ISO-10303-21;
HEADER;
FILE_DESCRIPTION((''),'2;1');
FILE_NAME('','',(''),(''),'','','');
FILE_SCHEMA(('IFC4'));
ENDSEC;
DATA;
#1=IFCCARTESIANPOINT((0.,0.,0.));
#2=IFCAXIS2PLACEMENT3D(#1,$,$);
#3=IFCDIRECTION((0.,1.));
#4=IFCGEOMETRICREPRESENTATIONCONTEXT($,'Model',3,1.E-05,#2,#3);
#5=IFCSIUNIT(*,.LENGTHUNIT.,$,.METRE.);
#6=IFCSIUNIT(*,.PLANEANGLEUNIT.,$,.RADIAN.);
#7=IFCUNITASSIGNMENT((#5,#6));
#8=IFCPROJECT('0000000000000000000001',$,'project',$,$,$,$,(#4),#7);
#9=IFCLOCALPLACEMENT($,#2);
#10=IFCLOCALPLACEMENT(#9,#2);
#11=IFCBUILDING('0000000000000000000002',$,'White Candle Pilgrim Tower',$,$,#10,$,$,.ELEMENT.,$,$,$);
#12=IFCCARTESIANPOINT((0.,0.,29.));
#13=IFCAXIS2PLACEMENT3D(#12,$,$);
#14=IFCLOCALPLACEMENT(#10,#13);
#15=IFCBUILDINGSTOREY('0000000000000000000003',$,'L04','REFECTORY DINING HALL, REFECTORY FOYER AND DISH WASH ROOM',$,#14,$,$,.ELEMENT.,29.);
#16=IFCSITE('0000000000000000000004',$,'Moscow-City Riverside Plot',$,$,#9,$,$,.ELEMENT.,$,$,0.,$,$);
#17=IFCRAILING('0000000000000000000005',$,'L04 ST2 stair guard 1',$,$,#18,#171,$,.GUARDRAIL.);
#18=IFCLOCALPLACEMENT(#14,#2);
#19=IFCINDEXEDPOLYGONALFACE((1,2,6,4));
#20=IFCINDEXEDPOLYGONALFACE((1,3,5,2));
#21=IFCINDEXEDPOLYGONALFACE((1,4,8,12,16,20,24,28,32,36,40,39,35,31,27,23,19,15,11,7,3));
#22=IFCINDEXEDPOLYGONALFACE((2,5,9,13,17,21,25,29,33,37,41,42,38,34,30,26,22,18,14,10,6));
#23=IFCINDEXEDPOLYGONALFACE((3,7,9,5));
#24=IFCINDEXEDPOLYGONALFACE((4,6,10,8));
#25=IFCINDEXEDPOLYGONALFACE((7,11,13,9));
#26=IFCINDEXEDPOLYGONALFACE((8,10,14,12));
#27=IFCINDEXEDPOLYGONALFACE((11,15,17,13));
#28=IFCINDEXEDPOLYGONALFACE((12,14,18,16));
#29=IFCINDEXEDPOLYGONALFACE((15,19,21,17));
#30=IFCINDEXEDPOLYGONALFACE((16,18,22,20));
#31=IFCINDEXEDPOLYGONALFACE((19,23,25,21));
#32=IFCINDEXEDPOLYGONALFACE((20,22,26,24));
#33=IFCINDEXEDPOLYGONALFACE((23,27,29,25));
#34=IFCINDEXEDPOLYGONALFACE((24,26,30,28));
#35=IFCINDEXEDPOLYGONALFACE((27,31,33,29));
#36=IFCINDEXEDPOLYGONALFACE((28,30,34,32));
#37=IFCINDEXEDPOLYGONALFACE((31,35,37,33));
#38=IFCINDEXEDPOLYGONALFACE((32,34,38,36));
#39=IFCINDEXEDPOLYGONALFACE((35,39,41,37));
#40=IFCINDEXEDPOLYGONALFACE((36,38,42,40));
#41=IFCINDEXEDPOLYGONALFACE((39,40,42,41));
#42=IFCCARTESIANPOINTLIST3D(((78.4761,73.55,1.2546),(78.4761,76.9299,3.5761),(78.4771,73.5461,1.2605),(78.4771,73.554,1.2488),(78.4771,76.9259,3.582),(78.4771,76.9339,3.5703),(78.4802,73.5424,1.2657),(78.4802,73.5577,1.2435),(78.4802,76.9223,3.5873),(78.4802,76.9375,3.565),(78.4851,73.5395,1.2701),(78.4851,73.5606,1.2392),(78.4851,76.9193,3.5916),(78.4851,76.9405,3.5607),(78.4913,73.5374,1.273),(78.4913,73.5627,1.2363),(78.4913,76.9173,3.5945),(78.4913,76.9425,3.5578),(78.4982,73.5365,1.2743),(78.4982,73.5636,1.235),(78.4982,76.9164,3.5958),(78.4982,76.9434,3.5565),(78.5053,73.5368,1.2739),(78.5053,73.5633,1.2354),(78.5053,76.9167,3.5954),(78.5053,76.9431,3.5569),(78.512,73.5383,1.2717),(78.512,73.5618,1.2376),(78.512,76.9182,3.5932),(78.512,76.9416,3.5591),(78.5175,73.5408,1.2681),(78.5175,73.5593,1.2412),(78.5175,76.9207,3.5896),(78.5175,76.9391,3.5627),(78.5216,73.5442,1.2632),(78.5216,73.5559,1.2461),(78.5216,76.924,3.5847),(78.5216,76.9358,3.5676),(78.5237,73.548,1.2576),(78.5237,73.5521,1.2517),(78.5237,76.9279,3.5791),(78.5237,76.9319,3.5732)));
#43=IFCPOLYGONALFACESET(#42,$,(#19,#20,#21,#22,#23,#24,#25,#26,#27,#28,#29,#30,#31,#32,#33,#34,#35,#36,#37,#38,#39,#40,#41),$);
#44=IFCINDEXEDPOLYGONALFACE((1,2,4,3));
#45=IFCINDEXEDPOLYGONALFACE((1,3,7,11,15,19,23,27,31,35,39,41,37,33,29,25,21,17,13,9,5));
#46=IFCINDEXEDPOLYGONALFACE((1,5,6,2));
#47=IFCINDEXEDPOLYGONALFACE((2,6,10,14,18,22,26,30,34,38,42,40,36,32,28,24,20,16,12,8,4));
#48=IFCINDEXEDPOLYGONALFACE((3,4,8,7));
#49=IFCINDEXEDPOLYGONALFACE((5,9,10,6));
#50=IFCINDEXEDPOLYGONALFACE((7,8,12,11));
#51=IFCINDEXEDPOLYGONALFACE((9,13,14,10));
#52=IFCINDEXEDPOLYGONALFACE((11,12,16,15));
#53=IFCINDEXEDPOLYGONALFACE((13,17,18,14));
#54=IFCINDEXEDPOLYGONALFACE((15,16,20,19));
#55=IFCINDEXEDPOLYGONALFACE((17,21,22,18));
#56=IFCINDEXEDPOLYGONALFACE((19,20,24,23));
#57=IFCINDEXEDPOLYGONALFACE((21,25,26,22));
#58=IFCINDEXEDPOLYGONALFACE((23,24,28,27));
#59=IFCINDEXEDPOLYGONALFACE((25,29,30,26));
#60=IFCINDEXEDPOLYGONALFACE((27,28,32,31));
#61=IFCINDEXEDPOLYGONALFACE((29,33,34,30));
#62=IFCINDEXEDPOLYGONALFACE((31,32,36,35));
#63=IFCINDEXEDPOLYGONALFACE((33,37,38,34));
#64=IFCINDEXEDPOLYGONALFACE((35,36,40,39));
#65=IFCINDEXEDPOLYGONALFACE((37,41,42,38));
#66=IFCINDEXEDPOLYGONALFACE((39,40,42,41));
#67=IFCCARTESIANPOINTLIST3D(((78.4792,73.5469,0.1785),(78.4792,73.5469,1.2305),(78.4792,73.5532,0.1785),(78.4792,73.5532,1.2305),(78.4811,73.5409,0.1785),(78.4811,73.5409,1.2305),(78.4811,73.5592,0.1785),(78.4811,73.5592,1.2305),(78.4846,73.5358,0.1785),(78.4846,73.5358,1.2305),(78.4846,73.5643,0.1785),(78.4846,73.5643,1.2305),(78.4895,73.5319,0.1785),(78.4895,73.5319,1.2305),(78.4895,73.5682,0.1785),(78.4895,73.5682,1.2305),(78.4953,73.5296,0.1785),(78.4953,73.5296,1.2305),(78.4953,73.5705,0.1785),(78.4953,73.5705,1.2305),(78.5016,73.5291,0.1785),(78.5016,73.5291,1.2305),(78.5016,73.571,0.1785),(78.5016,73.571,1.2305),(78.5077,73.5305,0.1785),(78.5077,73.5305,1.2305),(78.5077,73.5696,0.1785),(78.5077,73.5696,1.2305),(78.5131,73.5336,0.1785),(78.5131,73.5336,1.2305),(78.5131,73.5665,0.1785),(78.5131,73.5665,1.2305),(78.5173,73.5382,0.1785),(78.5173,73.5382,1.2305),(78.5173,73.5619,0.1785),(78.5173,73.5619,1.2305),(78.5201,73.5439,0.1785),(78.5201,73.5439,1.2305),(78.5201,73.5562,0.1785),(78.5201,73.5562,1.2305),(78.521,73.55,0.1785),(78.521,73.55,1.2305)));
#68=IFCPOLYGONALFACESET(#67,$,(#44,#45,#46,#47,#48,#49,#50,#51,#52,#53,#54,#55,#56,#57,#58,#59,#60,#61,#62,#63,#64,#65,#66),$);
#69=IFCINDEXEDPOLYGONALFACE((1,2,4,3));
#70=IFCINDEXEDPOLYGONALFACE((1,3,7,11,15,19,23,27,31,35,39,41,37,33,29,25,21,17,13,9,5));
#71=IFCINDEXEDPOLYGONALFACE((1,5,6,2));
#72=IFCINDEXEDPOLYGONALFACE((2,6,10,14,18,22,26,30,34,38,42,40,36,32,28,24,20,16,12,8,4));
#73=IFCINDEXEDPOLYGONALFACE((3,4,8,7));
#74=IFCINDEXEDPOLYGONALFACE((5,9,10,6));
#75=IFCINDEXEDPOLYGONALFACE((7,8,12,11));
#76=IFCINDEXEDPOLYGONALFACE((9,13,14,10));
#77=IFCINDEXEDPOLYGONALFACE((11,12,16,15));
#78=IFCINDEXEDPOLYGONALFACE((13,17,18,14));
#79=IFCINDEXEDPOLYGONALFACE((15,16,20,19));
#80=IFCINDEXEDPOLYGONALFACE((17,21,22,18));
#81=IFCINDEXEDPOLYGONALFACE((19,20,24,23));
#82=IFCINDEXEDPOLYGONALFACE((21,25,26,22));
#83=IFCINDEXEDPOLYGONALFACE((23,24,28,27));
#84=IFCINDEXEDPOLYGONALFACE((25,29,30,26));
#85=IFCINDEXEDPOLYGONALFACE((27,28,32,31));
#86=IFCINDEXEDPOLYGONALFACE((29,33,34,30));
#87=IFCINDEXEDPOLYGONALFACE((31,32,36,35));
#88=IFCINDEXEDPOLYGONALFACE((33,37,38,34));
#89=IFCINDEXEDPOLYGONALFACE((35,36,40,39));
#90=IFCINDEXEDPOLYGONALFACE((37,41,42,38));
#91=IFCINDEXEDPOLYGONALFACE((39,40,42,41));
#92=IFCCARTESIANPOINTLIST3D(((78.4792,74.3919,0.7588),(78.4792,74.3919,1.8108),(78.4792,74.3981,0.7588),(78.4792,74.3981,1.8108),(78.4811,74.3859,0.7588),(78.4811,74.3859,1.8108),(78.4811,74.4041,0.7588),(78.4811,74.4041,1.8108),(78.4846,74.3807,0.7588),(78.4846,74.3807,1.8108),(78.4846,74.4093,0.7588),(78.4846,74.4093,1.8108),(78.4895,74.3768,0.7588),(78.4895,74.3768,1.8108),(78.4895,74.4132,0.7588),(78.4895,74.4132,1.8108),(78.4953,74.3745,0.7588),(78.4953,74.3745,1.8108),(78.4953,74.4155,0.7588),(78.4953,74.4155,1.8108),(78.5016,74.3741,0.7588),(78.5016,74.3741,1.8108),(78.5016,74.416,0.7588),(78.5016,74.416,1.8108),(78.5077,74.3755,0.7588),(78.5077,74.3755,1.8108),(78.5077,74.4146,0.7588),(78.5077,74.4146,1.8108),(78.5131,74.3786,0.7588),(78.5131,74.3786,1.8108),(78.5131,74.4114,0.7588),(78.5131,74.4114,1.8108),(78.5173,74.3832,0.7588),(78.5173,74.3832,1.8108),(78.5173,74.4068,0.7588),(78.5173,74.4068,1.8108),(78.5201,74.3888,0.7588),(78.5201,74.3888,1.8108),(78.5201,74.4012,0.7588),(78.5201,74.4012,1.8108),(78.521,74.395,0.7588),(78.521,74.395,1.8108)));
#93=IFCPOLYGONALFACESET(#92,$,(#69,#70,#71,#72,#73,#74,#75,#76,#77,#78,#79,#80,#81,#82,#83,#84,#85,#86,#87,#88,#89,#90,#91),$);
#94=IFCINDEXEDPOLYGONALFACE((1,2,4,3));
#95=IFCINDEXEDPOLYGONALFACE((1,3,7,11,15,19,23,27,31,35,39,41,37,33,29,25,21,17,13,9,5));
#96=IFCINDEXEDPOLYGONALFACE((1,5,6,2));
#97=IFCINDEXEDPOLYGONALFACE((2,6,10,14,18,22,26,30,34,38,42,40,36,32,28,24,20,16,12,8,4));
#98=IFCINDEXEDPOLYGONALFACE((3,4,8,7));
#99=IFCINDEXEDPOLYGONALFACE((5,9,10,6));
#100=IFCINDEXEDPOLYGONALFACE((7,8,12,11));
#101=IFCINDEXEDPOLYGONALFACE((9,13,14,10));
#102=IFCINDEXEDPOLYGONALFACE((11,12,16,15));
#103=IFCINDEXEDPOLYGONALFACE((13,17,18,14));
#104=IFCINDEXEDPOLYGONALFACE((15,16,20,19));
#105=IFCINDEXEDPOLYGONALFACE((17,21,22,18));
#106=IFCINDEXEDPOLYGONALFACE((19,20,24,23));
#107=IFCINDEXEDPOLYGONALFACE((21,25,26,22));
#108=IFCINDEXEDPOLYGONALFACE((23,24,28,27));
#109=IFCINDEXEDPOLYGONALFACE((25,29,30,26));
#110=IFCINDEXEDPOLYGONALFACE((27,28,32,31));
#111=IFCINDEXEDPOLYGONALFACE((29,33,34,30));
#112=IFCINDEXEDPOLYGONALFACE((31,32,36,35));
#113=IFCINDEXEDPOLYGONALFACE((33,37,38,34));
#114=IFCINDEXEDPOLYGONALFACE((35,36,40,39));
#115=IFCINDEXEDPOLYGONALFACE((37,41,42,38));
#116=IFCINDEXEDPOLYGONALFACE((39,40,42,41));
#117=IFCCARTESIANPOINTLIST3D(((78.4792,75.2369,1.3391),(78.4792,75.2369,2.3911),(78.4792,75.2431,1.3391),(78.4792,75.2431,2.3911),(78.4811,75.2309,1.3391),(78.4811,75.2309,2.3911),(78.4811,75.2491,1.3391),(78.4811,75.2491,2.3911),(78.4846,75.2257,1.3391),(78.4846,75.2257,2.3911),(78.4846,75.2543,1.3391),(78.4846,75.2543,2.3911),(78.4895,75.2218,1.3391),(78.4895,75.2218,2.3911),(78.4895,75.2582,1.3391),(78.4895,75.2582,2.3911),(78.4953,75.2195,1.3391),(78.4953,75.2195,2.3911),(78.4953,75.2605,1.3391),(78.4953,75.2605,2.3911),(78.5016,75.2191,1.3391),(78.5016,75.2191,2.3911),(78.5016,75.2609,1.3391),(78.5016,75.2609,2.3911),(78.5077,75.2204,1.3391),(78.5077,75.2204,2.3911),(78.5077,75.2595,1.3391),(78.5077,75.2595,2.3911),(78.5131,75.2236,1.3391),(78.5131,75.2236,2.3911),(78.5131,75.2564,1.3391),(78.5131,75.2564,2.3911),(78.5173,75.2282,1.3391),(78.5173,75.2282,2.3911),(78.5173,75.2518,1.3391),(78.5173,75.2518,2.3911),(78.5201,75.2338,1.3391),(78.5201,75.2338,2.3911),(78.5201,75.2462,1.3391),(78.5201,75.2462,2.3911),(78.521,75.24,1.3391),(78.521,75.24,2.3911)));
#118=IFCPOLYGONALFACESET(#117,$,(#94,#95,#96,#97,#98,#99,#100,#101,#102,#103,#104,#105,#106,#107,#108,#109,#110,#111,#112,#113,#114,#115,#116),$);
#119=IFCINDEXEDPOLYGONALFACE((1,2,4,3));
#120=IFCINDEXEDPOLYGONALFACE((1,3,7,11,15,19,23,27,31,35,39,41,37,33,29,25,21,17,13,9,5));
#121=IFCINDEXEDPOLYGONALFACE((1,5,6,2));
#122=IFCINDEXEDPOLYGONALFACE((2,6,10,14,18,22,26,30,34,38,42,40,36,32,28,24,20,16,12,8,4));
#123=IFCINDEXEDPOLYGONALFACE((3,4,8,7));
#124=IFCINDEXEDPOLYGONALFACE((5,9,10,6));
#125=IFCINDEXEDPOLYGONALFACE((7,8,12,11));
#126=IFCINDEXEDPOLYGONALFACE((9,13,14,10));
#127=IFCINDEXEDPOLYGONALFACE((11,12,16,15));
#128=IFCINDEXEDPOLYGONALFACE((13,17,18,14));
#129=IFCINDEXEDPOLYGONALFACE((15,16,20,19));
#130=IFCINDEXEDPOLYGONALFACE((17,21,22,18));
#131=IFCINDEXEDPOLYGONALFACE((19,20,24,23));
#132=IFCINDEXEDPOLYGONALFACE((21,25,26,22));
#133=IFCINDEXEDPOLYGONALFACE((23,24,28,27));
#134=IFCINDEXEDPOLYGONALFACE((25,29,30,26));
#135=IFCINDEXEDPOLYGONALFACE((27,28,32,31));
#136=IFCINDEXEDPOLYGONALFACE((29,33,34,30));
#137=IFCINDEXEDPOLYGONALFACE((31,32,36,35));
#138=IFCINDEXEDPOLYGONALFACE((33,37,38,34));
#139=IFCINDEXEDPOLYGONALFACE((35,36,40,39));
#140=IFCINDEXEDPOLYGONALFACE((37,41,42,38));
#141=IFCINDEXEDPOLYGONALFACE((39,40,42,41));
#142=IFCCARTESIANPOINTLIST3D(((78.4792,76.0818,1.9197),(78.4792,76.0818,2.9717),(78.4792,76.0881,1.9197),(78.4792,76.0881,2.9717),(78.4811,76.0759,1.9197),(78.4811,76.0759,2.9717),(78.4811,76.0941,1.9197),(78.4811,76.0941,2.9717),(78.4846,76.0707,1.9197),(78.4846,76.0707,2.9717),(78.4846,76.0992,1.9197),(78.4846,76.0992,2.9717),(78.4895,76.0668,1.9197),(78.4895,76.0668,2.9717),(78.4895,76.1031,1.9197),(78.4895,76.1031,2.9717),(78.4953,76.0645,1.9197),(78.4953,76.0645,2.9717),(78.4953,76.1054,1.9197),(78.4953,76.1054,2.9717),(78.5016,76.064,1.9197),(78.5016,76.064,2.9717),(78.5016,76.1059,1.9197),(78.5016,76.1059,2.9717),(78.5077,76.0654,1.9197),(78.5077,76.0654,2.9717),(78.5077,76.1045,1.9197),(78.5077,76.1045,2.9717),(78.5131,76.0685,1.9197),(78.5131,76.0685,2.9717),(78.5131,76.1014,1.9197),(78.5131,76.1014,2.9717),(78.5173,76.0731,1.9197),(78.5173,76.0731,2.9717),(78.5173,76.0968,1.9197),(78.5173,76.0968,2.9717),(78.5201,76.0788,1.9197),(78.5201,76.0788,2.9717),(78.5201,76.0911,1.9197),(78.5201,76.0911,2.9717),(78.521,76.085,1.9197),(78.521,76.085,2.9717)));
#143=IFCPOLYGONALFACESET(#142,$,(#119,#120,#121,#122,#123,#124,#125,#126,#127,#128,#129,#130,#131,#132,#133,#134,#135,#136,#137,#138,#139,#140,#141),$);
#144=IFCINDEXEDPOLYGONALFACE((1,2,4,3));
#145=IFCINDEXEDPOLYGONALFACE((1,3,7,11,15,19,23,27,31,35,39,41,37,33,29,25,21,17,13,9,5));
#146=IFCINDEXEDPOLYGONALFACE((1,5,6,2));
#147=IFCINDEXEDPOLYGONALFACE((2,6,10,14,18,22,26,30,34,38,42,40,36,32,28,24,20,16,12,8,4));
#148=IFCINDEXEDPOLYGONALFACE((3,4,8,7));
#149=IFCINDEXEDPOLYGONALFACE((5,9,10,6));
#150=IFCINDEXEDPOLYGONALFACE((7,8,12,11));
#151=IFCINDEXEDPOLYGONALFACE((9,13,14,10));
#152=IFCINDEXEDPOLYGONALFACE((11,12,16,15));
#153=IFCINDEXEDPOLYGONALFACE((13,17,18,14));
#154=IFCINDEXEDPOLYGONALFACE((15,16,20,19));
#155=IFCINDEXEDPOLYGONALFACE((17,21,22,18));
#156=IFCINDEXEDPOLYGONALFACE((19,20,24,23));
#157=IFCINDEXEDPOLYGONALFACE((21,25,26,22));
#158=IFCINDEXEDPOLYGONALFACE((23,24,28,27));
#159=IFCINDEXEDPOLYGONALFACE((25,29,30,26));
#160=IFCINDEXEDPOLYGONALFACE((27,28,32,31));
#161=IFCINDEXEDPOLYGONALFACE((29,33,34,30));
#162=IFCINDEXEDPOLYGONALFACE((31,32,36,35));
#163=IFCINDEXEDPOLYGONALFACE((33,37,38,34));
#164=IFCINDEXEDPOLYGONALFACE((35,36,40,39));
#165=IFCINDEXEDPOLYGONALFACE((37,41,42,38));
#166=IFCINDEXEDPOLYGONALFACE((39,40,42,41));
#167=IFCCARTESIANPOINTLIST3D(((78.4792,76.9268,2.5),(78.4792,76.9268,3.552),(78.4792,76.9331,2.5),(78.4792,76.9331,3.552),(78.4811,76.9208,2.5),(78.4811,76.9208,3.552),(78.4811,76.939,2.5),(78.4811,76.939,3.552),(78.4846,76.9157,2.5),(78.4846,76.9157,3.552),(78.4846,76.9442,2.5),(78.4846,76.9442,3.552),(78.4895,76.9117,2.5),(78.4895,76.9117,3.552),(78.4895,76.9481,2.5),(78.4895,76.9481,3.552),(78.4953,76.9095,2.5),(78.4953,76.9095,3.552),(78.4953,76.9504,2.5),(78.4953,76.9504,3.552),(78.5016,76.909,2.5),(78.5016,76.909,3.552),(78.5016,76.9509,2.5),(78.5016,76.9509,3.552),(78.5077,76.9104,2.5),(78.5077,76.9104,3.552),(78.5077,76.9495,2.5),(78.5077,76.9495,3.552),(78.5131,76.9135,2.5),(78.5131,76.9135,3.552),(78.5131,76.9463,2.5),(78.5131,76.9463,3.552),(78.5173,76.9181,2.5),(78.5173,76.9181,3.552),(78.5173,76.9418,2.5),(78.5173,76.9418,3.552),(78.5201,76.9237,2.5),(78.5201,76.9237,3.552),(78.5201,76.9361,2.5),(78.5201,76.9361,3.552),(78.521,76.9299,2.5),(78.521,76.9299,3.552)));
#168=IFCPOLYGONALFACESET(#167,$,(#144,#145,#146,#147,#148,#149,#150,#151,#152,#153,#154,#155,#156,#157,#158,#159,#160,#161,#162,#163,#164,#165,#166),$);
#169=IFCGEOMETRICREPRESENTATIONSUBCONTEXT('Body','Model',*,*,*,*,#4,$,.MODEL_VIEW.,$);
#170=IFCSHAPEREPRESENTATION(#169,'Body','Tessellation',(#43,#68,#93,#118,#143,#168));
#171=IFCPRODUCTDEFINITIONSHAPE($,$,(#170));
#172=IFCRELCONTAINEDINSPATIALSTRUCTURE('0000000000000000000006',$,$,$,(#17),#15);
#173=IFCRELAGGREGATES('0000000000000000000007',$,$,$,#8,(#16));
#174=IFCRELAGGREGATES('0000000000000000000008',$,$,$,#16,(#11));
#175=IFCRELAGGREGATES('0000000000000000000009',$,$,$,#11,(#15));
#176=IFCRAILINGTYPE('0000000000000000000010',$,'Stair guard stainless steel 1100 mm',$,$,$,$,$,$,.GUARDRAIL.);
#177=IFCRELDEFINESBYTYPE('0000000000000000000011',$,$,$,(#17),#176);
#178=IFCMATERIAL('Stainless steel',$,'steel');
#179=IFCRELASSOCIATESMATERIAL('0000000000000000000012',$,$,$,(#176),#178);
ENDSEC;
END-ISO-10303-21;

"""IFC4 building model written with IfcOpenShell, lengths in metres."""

from ifc_helpers import new_model, si_unit, direction, frame, origin, origin_2d, place, context, subcontext, project, spatial, circle, extrude, material, type_object, element, save


model = new_model("IFC4")

# Units and contexts
model_context = context("Model", 3, precision=1e-05, world=origin(), true_north=direction((0.0, 1.0)))
body_context = subcontext(model_context, "Body", "Model", "MODEL_VIEW")
ifc_project = project(units=[si_unit("LENGTHUNIT", "METRE"), si_unit("PLANEANGLEUNIT", "RADIAN")], contexts=[model_context])

# Site, building, storey
site_placement = place(None, origin())
site = spatial("IfcSite", under=ifc_project, at=site_placement, Name="Moscow-City Riverside Plot", CompositionType="ELEMENT", RefElevation=0.0)
building_placement = place(site_placement, origin())
building = spatial("IfcBuilding", under=site, at=building_placement, Name="White Candle Pilgrim Tower", CompositionType="ELEMENT")
storey_placement = place(building_placement, frame((0.0, 0.0, 29.0)))
storey = spatial("IfcBuildingStorey", under=building, at=storey_placement, Name="L04", Description="REFECTORY DINING HALL, REFECTORY FOYER AND DISH WASH ROOM", CompositionType="ELEMENT", Elevation=29.0)

# Railing
ifc_material_1 = material(Name="Stainless steel", Category="steel")
railing_type_1 = type_object("IfcRailingType", Name="Stair guard stainless steel 1100 mm", PredefinedType="GUARDRAIL", material=ifc_material_1)
railing_1_placement = place(storey_placement, frame((78.5, 73.55, 0.1785)))
element("IfcRailing", 1, at=railing_1_placement, inside=storey, type_object=railing_type_1, Name="L04 ST2 stair guard 1", PredefinedType="GUARDRAIL", context=body_context, shape_type="SweptSolid", body=[
    extrude(circle(Radius=0.0239, at=origin_2d()), frame((0.0, 0.0, 1.0762), z_axis=(0.0, 0.824285, 0.566175), x_axis=(-1.0, 0.0, 0.0)), (0.0, 0.0, 1.0), 4.1003),
    extrude(circle(Radius=0.021, at=origin_2d()), origin(), (0.0, 0.0, 1.0), 1.052),
    extrude(circle(Radius=0.021, at=origin_2d()), frame((0.0, 0.845, 0.5803)), (0.0, 0.0, 1.0), 1.052),
    extrude(circle(Radius=0.021, at=origin_2d()), frame((0.0, 1.6899, 1.1606)), (0.0, 0.0, 1.0), 1.052),
    extrude(circle(Radius=0.021, at=origin_2d()), frame((0.0, 2.5349, 1.7412)), (0.0, 0.0, 1.0), 1.052),
    extrude(circle(Radius=0.021, at=origin_2d()), frame((0.0, 3.3799, 2.3215)), (0.0, 0.0, 1.0), 1.052),
])

save(model, "model.ifc")
